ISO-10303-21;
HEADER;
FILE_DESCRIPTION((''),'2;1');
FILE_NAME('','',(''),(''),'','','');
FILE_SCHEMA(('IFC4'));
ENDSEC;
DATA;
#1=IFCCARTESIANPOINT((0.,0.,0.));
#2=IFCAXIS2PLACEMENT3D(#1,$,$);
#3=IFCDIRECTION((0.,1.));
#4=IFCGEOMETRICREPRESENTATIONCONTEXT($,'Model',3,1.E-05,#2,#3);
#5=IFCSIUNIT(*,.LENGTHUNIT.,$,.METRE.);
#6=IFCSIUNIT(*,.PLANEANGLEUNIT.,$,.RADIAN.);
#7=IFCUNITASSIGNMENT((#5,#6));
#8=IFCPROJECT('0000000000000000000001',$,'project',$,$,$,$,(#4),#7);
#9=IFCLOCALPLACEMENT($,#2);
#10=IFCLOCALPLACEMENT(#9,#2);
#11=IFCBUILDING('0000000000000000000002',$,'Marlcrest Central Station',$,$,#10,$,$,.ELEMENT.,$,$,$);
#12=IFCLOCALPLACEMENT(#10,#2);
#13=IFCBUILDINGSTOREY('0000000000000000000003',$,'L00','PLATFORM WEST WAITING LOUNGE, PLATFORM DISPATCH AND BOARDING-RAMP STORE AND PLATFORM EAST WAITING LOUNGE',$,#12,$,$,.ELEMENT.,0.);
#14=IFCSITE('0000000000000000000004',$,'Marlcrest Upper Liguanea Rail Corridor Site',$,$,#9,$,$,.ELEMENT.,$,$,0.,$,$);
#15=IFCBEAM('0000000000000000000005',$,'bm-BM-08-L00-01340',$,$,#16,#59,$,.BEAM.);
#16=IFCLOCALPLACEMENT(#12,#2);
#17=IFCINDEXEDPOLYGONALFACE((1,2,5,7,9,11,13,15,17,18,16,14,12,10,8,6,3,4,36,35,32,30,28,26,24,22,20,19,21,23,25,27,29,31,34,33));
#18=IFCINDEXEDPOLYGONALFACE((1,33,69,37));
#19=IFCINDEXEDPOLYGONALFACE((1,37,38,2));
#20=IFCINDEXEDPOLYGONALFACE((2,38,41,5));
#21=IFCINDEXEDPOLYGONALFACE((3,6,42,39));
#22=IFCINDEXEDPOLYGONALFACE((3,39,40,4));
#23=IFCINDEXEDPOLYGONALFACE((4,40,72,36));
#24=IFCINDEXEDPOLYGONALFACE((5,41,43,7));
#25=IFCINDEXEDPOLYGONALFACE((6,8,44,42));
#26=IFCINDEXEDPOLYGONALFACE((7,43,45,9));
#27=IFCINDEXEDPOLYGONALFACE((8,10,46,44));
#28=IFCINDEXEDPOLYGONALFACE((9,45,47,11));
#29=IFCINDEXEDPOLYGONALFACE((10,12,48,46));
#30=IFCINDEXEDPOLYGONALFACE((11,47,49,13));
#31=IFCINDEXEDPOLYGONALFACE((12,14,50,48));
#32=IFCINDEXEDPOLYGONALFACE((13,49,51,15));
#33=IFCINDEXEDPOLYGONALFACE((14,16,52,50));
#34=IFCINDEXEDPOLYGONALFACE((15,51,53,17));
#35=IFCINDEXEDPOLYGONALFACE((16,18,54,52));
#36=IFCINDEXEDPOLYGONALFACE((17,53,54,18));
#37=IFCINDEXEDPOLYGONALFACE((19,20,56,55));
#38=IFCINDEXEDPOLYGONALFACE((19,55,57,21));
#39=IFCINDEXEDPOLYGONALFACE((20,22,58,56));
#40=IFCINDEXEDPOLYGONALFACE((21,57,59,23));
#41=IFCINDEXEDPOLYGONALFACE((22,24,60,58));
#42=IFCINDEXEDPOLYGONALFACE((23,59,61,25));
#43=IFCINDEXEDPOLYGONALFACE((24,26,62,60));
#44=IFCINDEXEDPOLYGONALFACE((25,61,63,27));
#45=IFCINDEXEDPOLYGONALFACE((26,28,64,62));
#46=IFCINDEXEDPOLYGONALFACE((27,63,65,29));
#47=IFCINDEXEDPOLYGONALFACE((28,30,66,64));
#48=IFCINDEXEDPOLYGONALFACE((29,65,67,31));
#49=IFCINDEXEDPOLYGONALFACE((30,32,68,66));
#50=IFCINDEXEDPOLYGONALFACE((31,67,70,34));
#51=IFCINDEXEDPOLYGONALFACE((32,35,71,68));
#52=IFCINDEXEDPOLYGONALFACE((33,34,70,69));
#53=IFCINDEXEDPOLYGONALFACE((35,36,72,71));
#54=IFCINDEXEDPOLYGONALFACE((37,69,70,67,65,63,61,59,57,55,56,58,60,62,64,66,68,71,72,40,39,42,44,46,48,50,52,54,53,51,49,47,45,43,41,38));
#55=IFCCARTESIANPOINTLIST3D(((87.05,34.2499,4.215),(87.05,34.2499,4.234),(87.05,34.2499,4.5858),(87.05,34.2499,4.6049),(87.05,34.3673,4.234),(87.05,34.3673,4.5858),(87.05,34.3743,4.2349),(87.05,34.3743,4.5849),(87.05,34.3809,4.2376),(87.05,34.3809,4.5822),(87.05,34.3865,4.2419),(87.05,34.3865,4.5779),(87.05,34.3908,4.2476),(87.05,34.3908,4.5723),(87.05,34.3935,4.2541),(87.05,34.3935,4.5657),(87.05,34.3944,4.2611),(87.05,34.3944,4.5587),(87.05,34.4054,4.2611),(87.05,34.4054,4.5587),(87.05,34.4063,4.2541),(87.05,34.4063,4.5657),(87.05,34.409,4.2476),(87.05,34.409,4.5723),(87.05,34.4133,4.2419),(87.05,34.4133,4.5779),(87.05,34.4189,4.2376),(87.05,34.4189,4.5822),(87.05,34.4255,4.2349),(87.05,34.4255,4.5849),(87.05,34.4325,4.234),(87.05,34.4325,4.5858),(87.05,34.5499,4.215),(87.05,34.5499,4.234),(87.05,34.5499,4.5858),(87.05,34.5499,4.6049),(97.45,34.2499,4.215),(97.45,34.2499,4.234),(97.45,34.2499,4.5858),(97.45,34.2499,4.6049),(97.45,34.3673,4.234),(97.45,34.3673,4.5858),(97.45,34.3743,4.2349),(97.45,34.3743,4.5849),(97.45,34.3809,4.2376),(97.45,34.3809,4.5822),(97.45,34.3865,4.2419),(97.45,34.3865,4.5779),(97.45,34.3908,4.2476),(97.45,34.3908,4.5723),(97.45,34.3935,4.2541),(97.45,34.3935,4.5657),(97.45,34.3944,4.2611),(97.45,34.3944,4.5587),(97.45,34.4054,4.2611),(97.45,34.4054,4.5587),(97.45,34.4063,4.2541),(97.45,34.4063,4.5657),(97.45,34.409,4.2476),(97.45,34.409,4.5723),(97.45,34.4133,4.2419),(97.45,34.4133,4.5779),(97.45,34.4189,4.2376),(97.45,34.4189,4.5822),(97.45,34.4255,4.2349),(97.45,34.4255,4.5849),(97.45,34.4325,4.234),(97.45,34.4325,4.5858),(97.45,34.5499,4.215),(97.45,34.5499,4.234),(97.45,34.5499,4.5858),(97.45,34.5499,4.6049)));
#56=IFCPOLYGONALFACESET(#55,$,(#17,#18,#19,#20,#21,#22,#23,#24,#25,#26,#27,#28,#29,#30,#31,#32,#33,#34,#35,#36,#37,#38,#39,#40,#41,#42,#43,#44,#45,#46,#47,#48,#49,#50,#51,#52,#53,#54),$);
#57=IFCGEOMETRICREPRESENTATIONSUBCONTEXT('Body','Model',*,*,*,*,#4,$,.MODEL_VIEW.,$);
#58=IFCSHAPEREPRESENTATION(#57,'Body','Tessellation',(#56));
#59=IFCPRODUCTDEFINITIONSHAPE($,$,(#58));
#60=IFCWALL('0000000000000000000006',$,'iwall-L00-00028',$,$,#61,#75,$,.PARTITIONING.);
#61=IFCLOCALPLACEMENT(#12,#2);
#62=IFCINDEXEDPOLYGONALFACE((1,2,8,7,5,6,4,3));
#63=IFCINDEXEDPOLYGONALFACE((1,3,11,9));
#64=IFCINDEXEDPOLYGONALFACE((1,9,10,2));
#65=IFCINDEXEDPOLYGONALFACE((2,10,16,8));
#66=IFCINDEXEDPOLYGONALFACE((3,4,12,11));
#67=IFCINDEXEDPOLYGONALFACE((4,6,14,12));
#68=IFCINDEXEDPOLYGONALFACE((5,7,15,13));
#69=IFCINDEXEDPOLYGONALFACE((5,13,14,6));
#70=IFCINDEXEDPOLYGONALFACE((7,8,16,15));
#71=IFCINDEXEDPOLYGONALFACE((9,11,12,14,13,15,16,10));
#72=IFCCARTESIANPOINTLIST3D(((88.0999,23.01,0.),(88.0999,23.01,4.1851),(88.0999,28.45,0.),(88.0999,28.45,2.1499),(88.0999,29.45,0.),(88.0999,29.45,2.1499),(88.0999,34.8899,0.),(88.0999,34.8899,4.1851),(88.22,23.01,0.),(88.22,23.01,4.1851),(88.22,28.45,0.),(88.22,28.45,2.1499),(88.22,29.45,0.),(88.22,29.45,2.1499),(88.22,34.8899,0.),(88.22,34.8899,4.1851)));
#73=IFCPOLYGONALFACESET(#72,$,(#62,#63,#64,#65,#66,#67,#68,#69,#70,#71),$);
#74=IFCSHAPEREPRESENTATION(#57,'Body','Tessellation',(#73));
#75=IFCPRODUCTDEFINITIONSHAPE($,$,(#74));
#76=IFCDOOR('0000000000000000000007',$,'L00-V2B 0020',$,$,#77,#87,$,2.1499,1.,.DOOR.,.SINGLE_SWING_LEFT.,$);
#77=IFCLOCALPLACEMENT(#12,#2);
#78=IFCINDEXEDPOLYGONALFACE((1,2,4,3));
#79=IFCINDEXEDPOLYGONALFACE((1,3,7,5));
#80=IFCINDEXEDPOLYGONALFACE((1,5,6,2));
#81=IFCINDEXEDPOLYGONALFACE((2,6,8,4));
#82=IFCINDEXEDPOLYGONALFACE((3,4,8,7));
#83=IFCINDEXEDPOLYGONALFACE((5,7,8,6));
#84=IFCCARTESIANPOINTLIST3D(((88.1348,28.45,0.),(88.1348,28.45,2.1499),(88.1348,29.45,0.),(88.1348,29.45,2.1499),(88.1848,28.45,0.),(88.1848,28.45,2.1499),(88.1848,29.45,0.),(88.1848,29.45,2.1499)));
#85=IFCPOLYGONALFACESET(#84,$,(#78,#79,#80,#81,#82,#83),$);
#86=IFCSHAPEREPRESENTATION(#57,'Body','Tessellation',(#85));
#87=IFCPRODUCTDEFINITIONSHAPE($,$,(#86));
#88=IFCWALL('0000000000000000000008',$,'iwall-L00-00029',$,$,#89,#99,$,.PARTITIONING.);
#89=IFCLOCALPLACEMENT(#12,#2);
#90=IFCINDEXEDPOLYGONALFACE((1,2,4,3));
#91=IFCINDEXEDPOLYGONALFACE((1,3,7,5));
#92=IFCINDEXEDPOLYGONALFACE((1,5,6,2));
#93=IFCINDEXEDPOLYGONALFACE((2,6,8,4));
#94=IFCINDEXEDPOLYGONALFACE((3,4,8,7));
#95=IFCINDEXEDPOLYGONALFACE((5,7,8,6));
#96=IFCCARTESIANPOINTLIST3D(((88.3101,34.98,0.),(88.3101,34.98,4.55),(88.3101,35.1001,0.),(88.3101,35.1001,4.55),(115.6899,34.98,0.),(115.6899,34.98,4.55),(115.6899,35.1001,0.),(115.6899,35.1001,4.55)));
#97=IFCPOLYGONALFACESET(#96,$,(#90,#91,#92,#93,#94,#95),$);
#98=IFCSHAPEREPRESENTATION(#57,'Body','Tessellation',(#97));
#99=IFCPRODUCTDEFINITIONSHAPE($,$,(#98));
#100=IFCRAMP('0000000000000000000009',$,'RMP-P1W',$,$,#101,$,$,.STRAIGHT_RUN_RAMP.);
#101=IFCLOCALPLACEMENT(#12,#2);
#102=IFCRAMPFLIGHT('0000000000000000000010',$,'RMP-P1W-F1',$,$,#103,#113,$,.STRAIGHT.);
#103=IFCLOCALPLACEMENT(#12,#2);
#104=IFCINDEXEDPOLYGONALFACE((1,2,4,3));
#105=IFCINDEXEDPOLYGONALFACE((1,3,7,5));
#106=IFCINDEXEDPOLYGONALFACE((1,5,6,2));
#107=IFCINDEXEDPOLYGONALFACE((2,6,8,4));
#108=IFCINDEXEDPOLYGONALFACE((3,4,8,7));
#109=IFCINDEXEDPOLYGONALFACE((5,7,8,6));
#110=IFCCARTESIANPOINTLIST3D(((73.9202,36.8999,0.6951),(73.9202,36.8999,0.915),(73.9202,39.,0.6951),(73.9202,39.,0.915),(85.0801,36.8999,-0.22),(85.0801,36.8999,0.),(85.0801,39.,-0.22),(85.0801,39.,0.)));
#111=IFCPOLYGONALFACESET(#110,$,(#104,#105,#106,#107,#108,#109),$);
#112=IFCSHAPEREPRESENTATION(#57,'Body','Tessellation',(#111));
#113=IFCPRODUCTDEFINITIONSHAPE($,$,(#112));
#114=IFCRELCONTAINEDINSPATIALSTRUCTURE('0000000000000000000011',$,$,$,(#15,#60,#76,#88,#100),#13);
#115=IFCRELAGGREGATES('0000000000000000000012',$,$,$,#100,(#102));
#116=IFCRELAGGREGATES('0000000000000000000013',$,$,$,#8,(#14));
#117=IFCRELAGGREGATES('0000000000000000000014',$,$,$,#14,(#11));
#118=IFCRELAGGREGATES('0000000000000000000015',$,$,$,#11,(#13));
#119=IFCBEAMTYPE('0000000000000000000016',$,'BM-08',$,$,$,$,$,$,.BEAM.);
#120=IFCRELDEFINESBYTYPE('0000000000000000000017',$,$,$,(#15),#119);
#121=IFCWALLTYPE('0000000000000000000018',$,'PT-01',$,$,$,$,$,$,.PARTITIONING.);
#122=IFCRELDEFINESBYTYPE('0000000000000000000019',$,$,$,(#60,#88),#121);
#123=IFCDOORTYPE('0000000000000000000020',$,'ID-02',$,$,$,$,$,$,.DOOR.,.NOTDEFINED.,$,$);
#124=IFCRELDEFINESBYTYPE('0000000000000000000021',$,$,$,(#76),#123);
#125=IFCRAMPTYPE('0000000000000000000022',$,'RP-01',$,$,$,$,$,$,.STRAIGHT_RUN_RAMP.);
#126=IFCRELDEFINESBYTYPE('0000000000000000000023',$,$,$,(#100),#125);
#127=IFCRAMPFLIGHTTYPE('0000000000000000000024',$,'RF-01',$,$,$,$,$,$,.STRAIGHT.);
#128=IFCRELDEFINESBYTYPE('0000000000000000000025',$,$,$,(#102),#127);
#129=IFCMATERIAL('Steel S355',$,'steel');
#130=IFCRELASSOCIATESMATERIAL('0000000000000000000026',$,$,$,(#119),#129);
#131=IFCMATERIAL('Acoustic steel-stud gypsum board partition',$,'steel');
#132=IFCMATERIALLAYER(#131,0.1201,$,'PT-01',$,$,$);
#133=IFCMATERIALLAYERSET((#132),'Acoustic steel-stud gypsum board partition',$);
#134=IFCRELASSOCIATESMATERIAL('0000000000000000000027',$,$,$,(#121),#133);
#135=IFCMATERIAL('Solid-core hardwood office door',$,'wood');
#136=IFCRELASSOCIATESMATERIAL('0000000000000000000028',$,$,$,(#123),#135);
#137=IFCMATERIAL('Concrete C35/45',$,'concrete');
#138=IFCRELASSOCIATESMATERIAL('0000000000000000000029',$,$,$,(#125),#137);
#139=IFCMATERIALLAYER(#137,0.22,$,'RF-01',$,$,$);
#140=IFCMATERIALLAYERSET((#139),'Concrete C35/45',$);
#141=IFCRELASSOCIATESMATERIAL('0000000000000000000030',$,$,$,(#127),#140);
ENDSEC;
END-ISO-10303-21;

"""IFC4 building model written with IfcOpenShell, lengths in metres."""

from ifc_helpers import new_model, si_unit, direction, frame, frame_2d, origin, origin_2d, place, context, subcontext, project, spatial, polyline, rectangle, i_section, outline, extrude, material, layer, layer_set, material_profile, profile_set, type_object, element, fill, aggregate, save


model = new_model("IFC4")

# Units and contexts
model_context = context("Model", 3, precision=1e-05, world=origin(), true_north=direction((0.0, 1.0)))
body_context = subcontext(model_context, "Body", "Model", "MODEL_VIEW")
ifc_project = project(units=[si_unit("LENGTHUNIT", "METRE"), si_unit("PLANEANGLEUNIT", "RADIAN")], contexts=[model_context])

# Site, building, storey
site_placement = place(None, origin())
site = spatial("IfcSite", under=ifc_project, at=site_placement, Name="Marlcrest Upper Liguanea Rail Corridor Site", CompositionType="ELEMENT", RefElevation=0.0)
building_placement = place(site_placement, origin())
building = spatial("IfcBuilding", under=site, at=building_placement, Name="Marlcrest Central Station", CompositionType="ELEMENT")
storey_placement = place(building_placement, origin())
storey = spatial("IfcBuildingStorey", under=building, at=storey_placement, Name="L00", Description="PLATFORM WEST WAITING LOUNGE, PLATFORM DISPATCH AND BOARDING-RAMP STORE AND PLATFORM EAST WAITING LOUNGE", CompositionType="ELEMENT", Elevation=0.0)

# Shared definitions
ifc_material_1 = material(Name="Concrete C35/45", Category="concrete")

# Shared definitions
ifc_material_2 = material(Name="Steel S355", Category="steel")

# Beam
ifc_material_profile_1 = material_profile(ifc_material_2, i_section(OverallWidth=0.3, OverallDepth=0.3899, WebThickness=0.011, FlangeThickness=0.019, FilletRadius=0.0271, at=origin_2d()), Name="HEA 400")
ifc_profile_set_1 = profile_set([ifc_material_profile_1], Name="Steel S355")
beam_type = type_object("IfcBeamType", Name="BM-08", PredefinedType="BEAM", material=ifc_profile_set_1)
beam_placement = place(storey_placement, frame((87.05, 34.3999, 4.4099), z_axis=(1.0, 0.0, 0.0), x_axis=(0.0, 1.0, 0.0)))
element("IfcBeam", 1, at=beam_placement, inside=storey, type_object=beam_type, Name="bm-BM-08-L00-01340", PredefinedType="BEAM", context=body_context, shape_type="SweptSolid", body=[
    extrude(i_section(OverallWidth=0.3, OverallDepth=0.3899, WebThickness=0.011, FlangeThickness=0.019, FilletRadius=0.0271, at=origin_2d()), origin(), (0.0, 0.0, 1.0), 10.3999),
])

# Wall, opening, door
ifc_material_3 = material(Name="Acoustic steel-stud gypsum board partition", Category="steel")
ifc_layer_1 = layer(ifc_material_3, 0.1201, Name="PT-01")
ifc_layer_set_1 = layer_set([ifc_layer_1], Name="Acoustic steel-stud gypsum board partition")
wall_type = type_object("IfcWallType", Name="PT-01", PredefinedType="PARTITIONING", material=ifc_layer_set_1)
wall_1_placement = place(storey_placement, frame((88.1599, 34.8899, 0.0), z_axis=(0.0, 0.0, 1.0), x_axis=(0.0, -1.0, 0.0)))
wall_1 = element("IfcWall", 2, at=wall_1_placement, inside=storey, type_object=wall_type, Name="iwall-L00-00028", PredefinedType="PARTITIONING", context=body_context, shape_type="SweptSolid", body=[
    extrude(rectangle(XDim=11.8799, YDim=0.1201, at=frame_2d((5.9399, 0.0))), origin(), (0.0, 0.0, 1.0), 4.1851),
])
opening_placement = place(wall_1_placement, frame((5.4399, 0.0, 0.0)))
opening = element("IfcOpeningElement", 3, at=opening_placement, cuts=wall_1, PredefinedType="OPENING", context=body_context, shape_type="SweptSolid", body=[
    extrude(rectangle(XDim=1.0, YDim=2.1499, at=frame_2d((0.5, 1.075))), frame((0.0, 0.0701, 0.0), z_axis=(0.0, -1.0, 0.0), x_axis=(1.0, 0.0, 0.0)), (0.0, 0.0, 1.0), 0.1401),
])
ifc_material_4 = material(Name="Solid-core hardwood office door", Category="wood")
door_type = type_object("IfcDoorType", Name="ID-02", OperationType="NOTDEFINED", PredefinedType="DOOR", material=ifc_material_4)
door_placement = place(opening_placement, origin())
door = element("IfcDoor", 4, at=door_placement, inside=storey, type_object=door_type, Name="L00-V2B 0020", OperationType="SINGLE_SWING_LEFT", OverallHeight=2.1499, OverallWidth=1.0, PredefinedType="DOOR", context=body_context, shape_type="SweptSolid", body=[
    extrude(rectangle(XDim=1.0, YDim=2.1499, at=frame_2d((0.5, 1.075))), frame((0.0, 0.0249, 0.0), z_axis=(0.0, -1.0, 0.0), x_axis=(1.0, 0.0, 0.0)), (0.0, 0.0, 1.0), 0.05),
])
fill(opening, door)

# Wall
wall_2_placement = place(storey_placement, frame((88.3101, 35.04, 0.0), z_axis=(0.0, 0.0, 1.0), x_axis=(1.0, 0.0, 0.0)))
element("IfcWall", 5, at=wall_2_placement, inside=storey, type_object=wall_type, Name="iwall-L00-00029", PredefinedType="PARTITIONING", context=body_context, shape_type="SweptSolid", body=[
    extrude(rectangle(XDim=27.3799, YDim=0.1201, at=frame_2d((13.6899, 0.0))), origin(), (0.0, 0.0, 1.0), 4.55),
])

# Ramp, ramp flight
ramp_type = type_object("IfcRampType", Name="RP-01", PredefinedType="STRAIGHT_RUN_RAMP", material=ifc_material_1)
ramp_placement = place(storey_placement, origin())
ramp = element("IfcRamp", 6, at=ramp_placement, inside=storey, type_object=ramp_type, Name="RMP-P1W", PredefinedType="STRAIGHT_RUN_RAMP")
ifc_layer_2 = layer(ifc_material_1, 0.22, Name="RF-01")
ifc_layer_set_2 = layer_set([ifc_layer_2], Name="Concrete C35/45")
ramp_flight_type = type_object("IfcRampFlightType", Name="RF-01", PredefinedType="STRAIGHT", material=ifc_layer_set_2)
ramp_flight_placement = place(storey_placement, frame((85.0801, 37.95, 0.0), z_axis=(0.0, 0.0, 1.0), x_axis=(-1.0, 0.0, 0.0)))
ramp_flight = element("IfcRampFlight", 7, at=ramp_flight_placement, type_object=ramp_flight_type, Name="RMP-P1W-F1", PredefinedType="STRAIGHT", context=body_context, shape_type="SweptSolid", body=[
    extrude(outline(polyline([(0.0, -0.22), (0.0, 0.0), (11.1599, 0.915), (11.1599, 0.6951), (0.0, -0.22)])), frame((0.0, 1.05, 0.0), z_axis=(0.0, -1.0, 0.0), x_axis=(1.0, 0.0, 0.0)), (0.0, 0.0, 1.0), 2.1001),
])
aggregate(ramp, [ramp_flight])

save(model, "model.ifc")
